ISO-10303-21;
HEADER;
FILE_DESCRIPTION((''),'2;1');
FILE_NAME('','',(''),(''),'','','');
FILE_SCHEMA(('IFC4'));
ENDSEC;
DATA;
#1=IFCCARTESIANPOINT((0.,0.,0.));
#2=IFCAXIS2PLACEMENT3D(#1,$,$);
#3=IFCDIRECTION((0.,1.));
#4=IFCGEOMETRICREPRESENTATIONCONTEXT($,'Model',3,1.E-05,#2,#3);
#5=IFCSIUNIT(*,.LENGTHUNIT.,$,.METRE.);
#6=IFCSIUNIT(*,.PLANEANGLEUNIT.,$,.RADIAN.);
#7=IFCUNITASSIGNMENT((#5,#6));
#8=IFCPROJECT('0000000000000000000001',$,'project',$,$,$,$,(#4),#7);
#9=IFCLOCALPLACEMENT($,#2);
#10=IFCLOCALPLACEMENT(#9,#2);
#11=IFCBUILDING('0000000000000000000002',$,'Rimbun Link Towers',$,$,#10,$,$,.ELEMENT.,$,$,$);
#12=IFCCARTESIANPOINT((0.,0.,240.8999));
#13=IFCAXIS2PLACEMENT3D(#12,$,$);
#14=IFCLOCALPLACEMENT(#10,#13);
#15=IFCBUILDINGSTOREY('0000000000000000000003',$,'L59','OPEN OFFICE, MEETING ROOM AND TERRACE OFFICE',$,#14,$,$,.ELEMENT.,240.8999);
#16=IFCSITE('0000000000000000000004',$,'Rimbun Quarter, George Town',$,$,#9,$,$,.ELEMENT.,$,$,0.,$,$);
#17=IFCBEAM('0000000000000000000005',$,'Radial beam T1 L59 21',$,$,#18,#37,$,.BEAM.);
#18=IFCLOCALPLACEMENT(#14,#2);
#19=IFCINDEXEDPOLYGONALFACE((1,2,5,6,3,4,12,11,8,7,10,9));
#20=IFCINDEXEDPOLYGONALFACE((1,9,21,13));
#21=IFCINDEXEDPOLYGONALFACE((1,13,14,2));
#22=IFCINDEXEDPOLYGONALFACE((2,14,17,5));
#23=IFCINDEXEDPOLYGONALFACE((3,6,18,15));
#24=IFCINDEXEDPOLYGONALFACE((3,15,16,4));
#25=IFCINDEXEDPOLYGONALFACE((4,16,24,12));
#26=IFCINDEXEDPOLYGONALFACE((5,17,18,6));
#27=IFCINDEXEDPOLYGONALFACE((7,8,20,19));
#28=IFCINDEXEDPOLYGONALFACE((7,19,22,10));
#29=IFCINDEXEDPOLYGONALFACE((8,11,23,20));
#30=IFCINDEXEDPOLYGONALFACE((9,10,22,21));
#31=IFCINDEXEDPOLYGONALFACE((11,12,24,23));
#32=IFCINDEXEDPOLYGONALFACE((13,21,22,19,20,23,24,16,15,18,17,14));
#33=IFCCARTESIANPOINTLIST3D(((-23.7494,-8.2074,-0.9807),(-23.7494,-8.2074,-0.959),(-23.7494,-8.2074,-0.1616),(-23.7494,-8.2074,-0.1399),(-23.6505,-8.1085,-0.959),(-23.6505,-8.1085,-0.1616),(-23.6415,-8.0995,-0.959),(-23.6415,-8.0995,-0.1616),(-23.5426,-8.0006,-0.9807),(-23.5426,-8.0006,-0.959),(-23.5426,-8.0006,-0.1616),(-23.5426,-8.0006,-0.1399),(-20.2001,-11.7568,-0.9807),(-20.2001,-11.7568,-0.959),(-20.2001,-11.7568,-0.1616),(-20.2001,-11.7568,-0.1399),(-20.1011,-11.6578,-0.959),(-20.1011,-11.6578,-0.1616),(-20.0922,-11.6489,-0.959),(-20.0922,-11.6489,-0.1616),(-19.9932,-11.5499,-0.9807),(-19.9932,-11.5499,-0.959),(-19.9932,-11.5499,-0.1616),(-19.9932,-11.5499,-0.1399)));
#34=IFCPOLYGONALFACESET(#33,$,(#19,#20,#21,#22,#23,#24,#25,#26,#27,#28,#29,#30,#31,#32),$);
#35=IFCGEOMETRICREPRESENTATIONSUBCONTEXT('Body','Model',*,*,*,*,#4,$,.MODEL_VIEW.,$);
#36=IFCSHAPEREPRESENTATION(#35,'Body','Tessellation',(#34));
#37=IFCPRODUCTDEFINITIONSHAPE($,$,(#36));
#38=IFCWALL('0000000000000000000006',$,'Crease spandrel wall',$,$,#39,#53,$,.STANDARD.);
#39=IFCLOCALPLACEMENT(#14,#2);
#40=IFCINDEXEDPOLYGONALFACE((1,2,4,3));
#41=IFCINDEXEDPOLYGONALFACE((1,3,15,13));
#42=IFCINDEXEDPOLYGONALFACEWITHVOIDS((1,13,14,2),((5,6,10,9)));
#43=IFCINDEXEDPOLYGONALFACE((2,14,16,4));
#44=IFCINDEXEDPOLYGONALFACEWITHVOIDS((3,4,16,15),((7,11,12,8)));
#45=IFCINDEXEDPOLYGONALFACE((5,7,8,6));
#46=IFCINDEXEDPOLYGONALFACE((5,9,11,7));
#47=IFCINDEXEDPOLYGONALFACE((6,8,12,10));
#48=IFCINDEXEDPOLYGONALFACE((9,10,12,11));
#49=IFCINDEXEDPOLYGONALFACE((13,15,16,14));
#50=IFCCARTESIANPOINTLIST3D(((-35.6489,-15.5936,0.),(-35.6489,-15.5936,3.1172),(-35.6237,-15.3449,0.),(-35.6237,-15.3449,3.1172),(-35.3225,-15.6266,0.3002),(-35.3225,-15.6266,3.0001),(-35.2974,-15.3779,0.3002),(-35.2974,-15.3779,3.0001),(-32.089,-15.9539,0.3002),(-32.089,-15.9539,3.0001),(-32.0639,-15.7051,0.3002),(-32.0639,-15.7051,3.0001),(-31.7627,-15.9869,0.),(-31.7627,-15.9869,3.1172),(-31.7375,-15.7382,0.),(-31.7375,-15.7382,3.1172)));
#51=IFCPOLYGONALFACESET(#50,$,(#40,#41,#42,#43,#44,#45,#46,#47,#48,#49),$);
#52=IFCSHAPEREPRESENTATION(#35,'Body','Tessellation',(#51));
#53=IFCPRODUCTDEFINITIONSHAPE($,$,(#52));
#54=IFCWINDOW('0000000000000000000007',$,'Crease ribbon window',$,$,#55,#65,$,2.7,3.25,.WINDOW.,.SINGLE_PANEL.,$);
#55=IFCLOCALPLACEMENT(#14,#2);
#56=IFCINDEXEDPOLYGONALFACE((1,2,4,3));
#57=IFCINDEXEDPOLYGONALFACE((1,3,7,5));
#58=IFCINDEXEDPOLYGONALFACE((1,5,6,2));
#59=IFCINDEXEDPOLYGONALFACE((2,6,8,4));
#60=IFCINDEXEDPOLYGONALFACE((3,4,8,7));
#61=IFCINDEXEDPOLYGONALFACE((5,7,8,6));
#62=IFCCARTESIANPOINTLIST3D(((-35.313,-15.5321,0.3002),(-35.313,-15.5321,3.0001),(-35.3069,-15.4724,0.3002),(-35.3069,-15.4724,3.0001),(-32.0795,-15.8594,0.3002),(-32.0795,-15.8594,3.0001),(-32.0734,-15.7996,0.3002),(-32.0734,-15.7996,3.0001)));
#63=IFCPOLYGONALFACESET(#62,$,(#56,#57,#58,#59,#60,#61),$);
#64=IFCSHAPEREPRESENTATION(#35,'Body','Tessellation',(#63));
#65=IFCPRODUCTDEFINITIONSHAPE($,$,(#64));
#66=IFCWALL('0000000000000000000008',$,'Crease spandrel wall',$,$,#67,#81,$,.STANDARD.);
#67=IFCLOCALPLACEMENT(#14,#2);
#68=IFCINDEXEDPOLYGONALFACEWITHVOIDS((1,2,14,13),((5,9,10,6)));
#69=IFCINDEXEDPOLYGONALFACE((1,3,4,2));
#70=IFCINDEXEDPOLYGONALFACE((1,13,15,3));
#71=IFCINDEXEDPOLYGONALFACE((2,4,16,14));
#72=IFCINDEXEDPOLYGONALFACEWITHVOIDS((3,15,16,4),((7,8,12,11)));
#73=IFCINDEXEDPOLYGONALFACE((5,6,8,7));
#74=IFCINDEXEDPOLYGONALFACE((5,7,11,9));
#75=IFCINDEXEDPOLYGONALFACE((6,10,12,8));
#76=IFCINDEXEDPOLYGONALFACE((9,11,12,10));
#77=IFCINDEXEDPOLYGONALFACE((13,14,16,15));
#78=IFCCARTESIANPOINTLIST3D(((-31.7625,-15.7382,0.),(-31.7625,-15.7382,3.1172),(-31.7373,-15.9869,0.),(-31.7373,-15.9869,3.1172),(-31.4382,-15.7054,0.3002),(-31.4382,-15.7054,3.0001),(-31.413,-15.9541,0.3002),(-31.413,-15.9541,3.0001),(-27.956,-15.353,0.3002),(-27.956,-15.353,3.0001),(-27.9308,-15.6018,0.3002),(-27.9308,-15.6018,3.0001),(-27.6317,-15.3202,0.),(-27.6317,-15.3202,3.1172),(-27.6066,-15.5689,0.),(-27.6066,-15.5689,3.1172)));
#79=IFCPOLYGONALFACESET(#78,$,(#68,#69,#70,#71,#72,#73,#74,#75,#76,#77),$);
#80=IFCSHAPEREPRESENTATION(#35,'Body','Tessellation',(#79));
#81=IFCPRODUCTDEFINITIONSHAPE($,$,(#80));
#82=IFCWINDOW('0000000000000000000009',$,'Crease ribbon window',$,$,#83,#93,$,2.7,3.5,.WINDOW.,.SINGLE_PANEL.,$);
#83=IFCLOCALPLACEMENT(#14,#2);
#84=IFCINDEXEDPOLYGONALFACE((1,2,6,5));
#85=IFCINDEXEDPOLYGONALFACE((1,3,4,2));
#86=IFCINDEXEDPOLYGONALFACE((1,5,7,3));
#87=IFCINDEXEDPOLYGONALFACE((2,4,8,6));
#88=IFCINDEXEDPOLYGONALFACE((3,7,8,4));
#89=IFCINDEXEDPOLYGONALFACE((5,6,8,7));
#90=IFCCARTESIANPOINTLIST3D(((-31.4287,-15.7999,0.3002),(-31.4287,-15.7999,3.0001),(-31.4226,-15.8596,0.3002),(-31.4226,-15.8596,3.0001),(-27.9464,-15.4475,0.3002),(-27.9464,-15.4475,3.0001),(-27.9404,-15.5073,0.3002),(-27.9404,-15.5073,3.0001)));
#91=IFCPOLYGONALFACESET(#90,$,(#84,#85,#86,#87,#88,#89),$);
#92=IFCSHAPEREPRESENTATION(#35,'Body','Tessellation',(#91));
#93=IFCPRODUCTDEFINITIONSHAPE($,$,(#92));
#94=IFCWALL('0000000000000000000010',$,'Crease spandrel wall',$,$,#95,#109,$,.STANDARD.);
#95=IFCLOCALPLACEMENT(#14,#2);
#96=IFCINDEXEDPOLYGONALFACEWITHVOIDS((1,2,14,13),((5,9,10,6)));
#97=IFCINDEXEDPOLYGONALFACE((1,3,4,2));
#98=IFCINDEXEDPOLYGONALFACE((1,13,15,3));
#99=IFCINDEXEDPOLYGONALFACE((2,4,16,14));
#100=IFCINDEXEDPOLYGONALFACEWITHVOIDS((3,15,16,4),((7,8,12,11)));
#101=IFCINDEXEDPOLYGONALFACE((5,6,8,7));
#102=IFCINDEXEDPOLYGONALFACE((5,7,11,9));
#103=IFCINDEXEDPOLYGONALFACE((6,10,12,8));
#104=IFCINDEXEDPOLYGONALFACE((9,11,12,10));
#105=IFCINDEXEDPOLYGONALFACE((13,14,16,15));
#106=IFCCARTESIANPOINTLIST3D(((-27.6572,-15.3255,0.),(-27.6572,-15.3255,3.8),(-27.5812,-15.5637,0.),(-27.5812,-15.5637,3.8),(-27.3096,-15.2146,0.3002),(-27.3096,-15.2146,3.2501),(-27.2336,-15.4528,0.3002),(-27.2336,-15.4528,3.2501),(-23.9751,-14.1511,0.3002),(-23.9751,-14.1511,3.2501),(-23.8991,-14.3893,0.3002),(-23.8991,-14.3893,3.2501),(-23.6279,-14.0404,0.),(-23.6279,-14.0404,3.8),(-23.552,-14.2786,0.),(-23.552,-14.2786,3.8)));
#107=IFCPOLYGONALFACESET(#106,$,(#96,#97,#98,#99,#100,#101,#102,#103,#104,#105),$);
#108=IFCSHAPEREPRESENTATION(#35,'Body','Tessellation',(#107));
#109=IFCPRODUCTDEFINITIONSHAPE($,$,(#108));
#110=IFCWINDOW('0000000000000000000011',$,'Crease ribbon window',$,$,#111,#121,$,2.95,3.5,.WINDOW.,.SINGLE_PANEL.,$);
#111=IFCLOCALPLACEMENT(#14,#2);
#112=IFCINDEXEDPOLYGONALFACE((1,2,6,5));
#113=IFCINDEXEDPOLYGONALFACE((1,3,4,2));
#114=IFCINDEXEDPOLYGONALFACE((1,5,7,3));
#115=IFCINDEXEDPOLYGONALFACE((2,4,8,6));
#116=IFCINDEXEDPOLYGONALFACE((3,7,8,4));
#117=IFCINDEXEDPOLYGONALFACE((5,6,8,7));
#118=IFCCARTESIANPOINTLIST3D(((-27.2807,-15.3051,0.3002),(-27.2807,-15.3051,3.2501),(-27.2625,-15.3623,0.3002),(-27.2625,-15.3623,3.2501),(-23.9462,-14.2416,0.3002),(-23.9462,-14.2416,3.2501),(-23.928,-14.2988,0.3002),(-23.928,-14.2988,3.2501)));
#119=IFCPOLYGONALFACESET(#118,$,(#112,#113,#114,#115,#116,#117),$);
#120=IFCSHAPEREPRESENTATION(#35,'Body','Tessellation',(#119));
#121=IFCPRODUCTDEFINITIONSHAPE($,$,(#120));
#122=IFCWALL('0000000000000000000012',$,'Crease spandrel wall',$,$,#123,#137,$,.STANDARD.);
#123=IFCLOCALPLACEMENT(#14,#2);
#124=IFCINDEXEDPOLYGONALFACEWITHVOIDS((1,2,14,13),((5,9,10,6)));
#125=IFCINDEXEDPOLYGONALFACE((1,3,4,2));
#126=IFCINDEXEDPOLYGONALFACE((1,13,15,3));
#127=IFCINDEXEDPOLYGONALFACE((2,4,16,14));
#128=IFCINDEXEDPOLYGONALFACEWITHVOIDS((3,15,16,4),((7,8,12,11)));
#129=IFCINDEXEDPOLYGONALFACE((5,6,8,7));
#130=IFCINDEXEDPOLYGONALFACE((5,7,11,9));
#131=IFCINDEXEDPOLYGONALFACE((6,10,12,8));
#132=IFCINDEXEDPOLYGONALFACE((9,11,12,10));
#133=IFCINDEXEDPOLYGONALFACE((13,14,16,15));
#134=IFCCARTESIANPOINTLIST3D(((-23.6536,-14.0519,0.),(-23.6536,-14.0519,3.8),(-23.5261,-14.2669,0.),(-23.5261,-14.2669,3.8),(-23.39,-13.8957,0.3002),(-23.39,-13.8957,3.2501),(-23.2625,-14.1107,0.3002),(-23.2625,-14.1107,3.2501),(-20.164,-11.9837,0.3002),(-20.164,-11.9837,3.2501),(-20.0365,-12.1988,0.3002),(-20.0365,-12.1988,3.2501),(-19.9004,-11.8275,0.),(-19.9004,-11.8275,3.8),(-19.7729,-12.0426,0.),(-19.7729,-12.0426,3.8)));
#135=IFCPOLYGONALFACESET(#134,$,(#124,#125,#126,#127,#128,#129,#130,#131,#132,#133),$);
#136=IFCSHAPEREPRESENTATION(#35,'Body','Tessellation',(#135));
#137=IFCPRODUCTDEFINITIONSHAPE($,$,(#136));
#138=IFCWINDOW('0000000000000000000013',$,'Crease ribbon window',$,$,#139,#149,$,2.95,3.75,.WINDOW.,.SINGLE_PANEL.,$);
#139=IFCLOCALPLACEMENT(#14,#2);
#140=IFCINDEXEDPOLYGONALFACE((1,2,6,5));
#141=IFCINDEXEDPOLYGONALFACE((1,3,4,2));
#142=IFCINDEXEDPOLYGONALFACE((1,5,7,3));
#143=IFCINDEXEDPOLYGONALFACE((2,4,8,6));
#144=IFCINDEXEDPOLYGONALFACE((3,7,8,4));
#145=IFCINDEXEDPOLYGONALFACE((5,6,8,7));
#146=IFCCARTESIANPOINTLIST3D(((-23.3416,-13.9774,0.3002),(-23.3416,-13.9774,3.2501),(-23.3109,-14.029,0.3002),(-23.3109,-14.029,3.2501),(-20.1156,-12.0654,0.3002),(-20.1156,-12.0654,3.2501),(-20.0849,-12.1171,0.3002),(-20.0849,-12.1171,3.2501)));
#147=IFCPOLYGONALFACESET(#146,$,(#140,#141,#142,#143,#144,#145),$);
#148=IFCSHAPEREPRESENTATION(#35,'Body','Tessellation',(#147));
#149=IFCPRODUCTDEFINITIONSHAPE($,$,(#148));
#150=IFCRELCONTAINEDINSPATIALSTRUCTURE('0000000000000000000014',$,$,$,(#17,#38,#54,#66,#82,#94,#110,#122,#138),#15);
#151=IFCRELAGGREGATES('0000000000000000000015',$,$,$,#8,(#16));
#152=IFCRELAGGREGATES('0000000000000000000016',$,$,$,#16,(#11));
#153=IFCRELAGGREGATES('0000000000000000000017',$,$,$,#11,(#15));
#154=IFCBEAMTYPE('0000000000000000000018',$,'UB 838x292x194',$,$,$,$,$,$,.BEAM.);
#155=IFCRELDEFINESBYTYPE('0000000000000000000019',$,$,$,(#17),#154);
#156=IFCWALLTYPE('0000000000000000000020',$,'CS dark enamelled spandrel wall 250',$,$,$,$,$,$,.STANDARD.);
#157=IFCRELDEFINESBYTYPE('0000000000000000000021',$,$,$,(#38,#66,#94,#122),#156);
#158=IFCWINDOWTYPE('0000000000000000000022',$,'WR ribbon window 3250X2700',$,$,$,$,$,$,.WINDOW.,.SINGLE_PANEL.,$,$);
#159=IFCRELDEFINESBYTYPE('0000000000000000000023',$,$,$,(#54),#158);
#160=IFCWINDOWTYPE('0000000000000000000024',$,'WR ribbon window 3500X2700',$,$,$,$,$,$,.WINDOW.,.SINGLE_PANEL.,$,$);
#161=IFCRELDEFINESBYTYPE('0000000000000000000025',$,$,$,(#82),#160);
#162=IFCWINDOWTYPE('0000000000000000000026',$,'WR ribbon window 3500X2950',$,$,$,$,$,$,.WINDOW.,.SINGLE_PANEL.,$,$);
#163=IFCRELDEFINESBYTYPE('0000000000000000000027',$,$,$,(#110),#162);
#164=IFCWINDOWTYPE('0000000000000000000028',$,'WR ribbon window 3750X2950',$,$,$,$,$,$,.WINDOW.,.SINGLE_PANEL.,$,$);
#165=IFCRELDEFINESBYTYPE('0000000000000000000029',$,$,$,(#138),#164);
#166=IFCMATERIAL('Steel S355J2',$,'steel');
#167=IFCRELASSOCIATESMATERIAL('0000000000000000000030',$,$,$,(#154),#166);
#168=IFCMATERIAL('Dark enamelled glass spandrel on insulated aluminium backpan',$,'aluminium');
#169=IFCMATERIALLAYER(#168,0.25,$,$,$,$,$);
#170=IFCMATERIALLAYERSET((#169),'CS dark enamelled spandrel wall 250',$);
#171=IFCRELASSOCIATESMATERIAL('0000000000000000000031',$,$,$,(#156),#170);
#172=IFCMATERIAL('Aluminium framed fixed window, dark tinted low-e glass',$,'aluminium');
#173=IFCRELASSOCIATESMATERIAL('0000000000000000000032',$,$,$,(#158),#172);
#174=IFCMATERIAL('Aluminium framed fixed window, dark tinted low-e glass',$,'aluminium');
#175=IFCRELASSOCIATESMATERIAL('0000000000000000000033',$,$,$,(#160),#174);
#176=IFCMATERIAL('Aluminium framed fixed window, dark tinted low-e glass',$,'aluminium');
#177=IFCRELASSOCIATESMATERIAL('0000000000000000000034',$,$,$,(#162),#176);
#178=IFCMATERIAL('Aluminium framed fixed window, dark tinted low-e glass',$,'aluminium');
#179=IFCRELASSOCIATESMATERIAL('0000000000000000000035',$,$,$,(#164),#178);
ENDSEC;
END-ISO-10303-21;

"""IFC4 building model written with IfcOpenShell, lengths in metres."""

from ifc_helpers import new_model, si_unit, direction, frame, frame_2d, origin, origin_2d, place, context, subcontext, project, spatial, rectangle, i_section, extrude, material, layer, layer_set, material_profile, profile_set, type_object, element, fill, save


model = new_model("IFC4")

# Units and contexts
model_context = context("Model", 3, precision=1e-05, world=origin(), true_north=direction((0.0, 1.0)))
body_context = subcontext(model_context, "Body", "Model", "MODEL_VIEW")
ifc_project = project(units=[si_unit("LENGTHUNIT", "METRE"), si_unit("PLANEANGLEUNIT", "RADIAN")], contexts=[model_context])

# Site, building, storey
site_placement = place(None, origin())
site = spatial("IfcSite", under=ifc_project, at=site_placement, Name="Rimbun Quarter, George Town", CompositionType="ELEMENT", RefElevation=0.0)
building_placement = place(site_placement, origin())
building = spatial("IfcBuilding", under=site, at=building_placement, Name="Rimbun Link Towers", CompositionType="ELEMENT")
storey_placement = place(building_placement, frame((0.0, 0.0, 240.8999)))
storey = spatial("IfcBuildingStorey", under=building, at=storey_placement, Name="L59", Description="OPEN OFFICE, MEETING ROOM AND TERRACE OFFICE", CompositionType="ELEMENT", Elevation=240.8999)

# Beam
ifc_material_1 = material(Name="Steel S355J2", Category="steel")
ifc_material_profile_1 = material_profile(ifc_material_1, i_section(OverallWidth=0.2925, OverallDepth=0.8408, WebThickness=0.0127, FlangeThickness=0.0217, at=origin_2d()), Name="UB 838x292x194")
ifc_profile_set_1 = profile_set([ifc_material_profile_1], Name="Steel S355J2")
beam_type_1 = type_object("IfcBeamType", Name="UB 838x292x194", PredefinedType="BEAM", material=ifc_profile_set_1)
beam_1_placement = place(storey_placement, frame((-23.646, -8.104, -0.5603), z_axis=(0.707107, -0.707107, 0.0), x_axis=(0.707107, 0.707107, 0.0)))
element("IfcBeam", 1, at=beam_1_placement, inside=storey, type_object=beam_type_1, Name="Radial beam T1 L59 21", PredefinedType="BEAM", context=body_context, shape_type="SweptSolid", body=[
    extrude(i_section(OverallWidth=0.2925, OverallDepth=0.8408, WebThickness=0.0127, FlangeThickness=0.0217, at=origin_2d()), origin(), (0.0, 0.0, 1.0), 5.0195),
])

# Walls, openings, windows
ifc_material_2 = material(Name="Dark enamelled glass spandrel on insulated aluminium backpan", Category="aluminium")
ifc_layer_1 = layer(ifc_material_2, 0.25)
ifc_layer_set_1 = layer_set([ifc_layer_1], Name="CS dark enamelled spandrel wall 250")
wall_type_1 = type_object("IfcWallType", Name="CS dark enamelled spandrel wall 250", PredefinedType="STANDARD", material=ifc_layer_set_1)
wall_1_placement = place(storey_placement, frame((-31.75, -15.8625, 0.0), z_axis=(0.0, 0.0, 1.0), x_axis=(-0.994918, 0.100692, 0.0)))
wall_1 = element("IfcWall", 2, at=wall_1_placement, inside=storey, type_object=wall_type_1, Name="Crease spandrel wall", PredefinedType="STANDARD", context=body_context, shape_type="SweptSolid", body=[
    extrude(rectangle(XDim=3.906, YDim=0.25, at=frame_2d((1.9531, 0.0))), origin(), (0.0, 0.0, 1.0), 3.1172),
])
opening_1_placement = place(wall_1_placement, frame((0.3281, 0.0, 0.3)))
opening_1 = element("IfcOpeningElement", 3, at=opening_1_placement, cuts=wall_1, PredefinedType="OPENING", context=body_context, shape_type="SweptSolid", body=[
    extrude(rectangle(XDim=3.25, YDim=2.7, at=frame_2d((1.625, 1.3501))), frame((0.0, 0.135, 0.0), z_axis=(0.0, -1.0, 0.0), x_axis=(1.0, 0.0, 0.0)), (0.0, 0.0, 1.0), 0.27),
])
ifc_material_3 = material(Name="Aluminium framed fixed window, dark tinted low-e glass", Category="aluminium")
window_type_1 = type_object("IfcWindowType", Name="WR ribbon window 3250X2700", PartitioningType="SINGLE_PANEL", PredefinedType="WINDOW", material=ifc_material_3)
window_1_placement = place(opening_1_placement, origin())
window_1 = element("IfcWindow", 4, at=window_1_placement, inside=storey, type_object=window_type_1, Name="Crease ribbon window", OverallHeight=2.7, OverallWidth=3.25, PartitioningType="SINGLE_PANEL", PredefinedType="WINDOW", context=body_context, shape_type="SweptSolid", body=[
    extrude(rectangle(XDim=3.25, YDim=2.7, at=frame_2d((1.625, 1.3501))), frame((0.0, 0.03, 0.0), z_axis=(0.0, -1.0, 0.0), x_axis=(1.0, 0.0, 0.0)), (0.0, 0.0, 1.0), 0.0601),
])
fill(opening_1, window_1)
wall_2_placement = place(storey_placement, frame((-27.6191, -15.4446, 0.0), z_axis=(0.0, 0.0, 1.0), x_axis=(-0.99492, -0.100668, 0.0)))
wall_2 = element("IfcWall", 5, at=wall_2_placement, inside=storey, type_object=wall_type_1, Name="Crease spandrel wall", PredefinedType="STANDARD", context=body_context, shape_type="SweptSolid", body=[
    extrude(rectangle(XDim=4.1519, YDim=0.25, at=frame_2d((2.0759, 0.0))), origin(), (0.0, 0.0, 1.0), 3.1172),
])
opening_2_placement = place(wall_2_placement, frame((0.3259, 0.0, 0.3)))
opening_2 = element("IfcOpeningElement", 6, at=opening_2_placement, cuts=wall_2, PredefinedType="OPENING", context=body_context, shape_type="SweptSolid", body=[
    extrude(rectangle(XDim=3.5, YDim=2.7, at=frame_2d((1.75, 1.3501))), frame((0.0, 0.135, 0.0), z_axis=(0.0, -1.0, 0.0), x_axis=(1.0, 0.0, 0.0)), (0.0, 0.0, 1.0), 0.27),
])
ifc_material_4 = material(Name="Aluminium framed fixed window, dark tinted low-e glass", Category="aluminium")
window_type_2 = type_object("IfcWindowType", Name="WR ribbon window 3500X2700", PartitioningType="SINGLE_PANEL", PredefinedType="WINDOW", material=ifc_material_4)
window_2_placement = place(opening_2_placement, origin())
window_2 = element("IfcWindow", 7, at=window_2_placement, inside=storey, type_object=window_type_2, Name="Crease ribbon window", OverallHeight=2.7, OverallWidth=3.5, PartitioningType="SINGLE_PANEL", PredefinedType="WINDOW", context=body_context, shape_type="SweptSolid", body=[
    extrude(rectangle(XDim=3.5, YDim=2.7, at=frame_2d((1.75, 1.3501))), frame((0.0, 0.03, 0.0), z_axis=(0.0, -1.0, 0.0), x_axis=(1.0, 0.0, 0.0)), (0.0, 0.0, 1.0), 0.0601),
])
fill(opening_2, window_2)
wall_3_placement = place(storey_placement, frame((-23.5898, -14.1594, 0.0), z_axis=(0.0, 0.0, 1.0), x_axis=(-0.952713, -0.303871, 0.0)))
wall_3 = element("IfcWall", 8, at=wall_3_placement, inside=storey, type_object=wall_type_1, Name="Crease spandrel wall", PredefinedType="STANDARD", context=body_context, shape_type="SweptSolid", body=[
    extrude(rectangle(XDim=4.2292, YDim=0.25, at=frame_2d((2.1147, 0.0))), origin(), (0.0, 0.0, 1.0), 3.8),
])
opening_3_placement = place(wall_3_placement, frame((0.3645, 0.0, 0.3)))
opening_3 = element("IfcOpeningElement", 9, at=opening_3_placement, cuts=wall_3, PredefinedType="OPENING", context=body_context, shape_type="SweptSolid", body=[
    extrude(rectangle(XDim=3.5, YDim=2.95, at=frame_2d((1.75, 1.4751))), frame((0.0, 0.135, 0.0), z_axis=(0.0, -1.0, 0.0), x_axis=(1.0, 0.0, 0.0)), (0.0, 0.0, 1.0), 0.27),
])
ifc_material_5 = material(Name="Aluminium framed fixed window, dark tinted low-e glass", Category="aluminium")
window_type_3 = type_object("IfcWindowType", Name="WR ribbon window 3500X2950", PartitioningType="SINGLE_PANEL", PredefinedType="WINDOW", material=ifc_material_5)
window_3_placement = place(opening_3_placement, origin())
window_3 = element("IfcWindow", 10, at=window_3_placement, inside=storey, type_object=window_type_3, Name="Crease ribbon window", OverallHeight=2.95, OverallWidth=3.5, PartitioningType="SINGLE_PANEL", PredefinedType="WINDOW", context=body_context, shape_type="SweptSolid", body=[
    extrude(rectangle(XDim=3.5, YDim=2.95, at=frame_2d((1.75, 1.4751))), frame((0.0, 0.03, 0.0), z_axis=(0.0, -1.0, 0.0), x_axis=(1.0, 0.0, 0.0)), (0.0, 0.0, 1.0), 0.0601),
])
fill(opening_3, window_3)
wall_4_placement = place(storey_placement, frame((-19.8367, -11.9351, 0.0), z_axis=(0.0, 0.0, 1.0), x_axis=(-0.860265, -0.509847, 0.0)))
wall_4 = element("IfcWall", 11, at=wall_4_placement, inside=storey, type_object=wall_type_1, Name="Crease spandrel wall", PredefinedType="STANDARD", context=body_context, shape_type="SweptSolid", body=[
    extrude(rectangle(XDim=4.3628, YDim=0.25, at=frame_2d((2.1814, 0.0))), origin(), (0.0, 0.0, 1.0), 3.8),
])
opening_4_placement = place(wall_4_placement, frame((0.3064, 0.0, 0.3)))
opening_4 = element("IfcOpeningElement", 12, at=opening_4_placement, cuts=wall_4, PredefinedType="OPENING", context=body_context, shape_type="SweptSolid", body=[
    extrude(rectangle(XDim=3.75, YDim=2.95, at=frame_2d((1.875, 1.4751))), frame((0.0, 0.135, 0.0), z_axis=(0.0, -1.0, 0.0), x_axis=(1.0, 0.0, 0.0)), (0.0, 0.0, 1.0), 0.27),
])
ifc_material_6 = material(Name="Aluminium framed fixed window, dark tinted low-e glass", Category="aluminium")
window_type_4 = type_object("IfcWindowType", Name="WR ribbon window 3750X2950", PartitioningType="SINGLE_PANEL", PredefinedType="WINDOW", material=ifc_material_6)
window_4_placement = place(opening_4_placement, origin())
window_4 = element("IfcWindow", 13, at=window_4_placement, inside=storey, type_object=window_type_4, Name="Crease ribbon window", OverallHeight=2.95, OverallWidth=3.75, PartitioningType="SINGLE_PANEL", PredefinedType="WINDOW", context=body_context, shape_type="SweptSolid", body=[
    extrude(rectangle(XDim=3.75, YDim=2.95, at=frame_2d((1.875, 1.4751))), frame((0.0, 0.03, 0.0), z_axis=(0.0, -1.0, 0.0), x_axis=(1.0, 0.0, 0.0)), (0.0, 0.0, 1.0), 0.0601),
])
fill(opening_4, window_4)

save(model, "model.ifc")
